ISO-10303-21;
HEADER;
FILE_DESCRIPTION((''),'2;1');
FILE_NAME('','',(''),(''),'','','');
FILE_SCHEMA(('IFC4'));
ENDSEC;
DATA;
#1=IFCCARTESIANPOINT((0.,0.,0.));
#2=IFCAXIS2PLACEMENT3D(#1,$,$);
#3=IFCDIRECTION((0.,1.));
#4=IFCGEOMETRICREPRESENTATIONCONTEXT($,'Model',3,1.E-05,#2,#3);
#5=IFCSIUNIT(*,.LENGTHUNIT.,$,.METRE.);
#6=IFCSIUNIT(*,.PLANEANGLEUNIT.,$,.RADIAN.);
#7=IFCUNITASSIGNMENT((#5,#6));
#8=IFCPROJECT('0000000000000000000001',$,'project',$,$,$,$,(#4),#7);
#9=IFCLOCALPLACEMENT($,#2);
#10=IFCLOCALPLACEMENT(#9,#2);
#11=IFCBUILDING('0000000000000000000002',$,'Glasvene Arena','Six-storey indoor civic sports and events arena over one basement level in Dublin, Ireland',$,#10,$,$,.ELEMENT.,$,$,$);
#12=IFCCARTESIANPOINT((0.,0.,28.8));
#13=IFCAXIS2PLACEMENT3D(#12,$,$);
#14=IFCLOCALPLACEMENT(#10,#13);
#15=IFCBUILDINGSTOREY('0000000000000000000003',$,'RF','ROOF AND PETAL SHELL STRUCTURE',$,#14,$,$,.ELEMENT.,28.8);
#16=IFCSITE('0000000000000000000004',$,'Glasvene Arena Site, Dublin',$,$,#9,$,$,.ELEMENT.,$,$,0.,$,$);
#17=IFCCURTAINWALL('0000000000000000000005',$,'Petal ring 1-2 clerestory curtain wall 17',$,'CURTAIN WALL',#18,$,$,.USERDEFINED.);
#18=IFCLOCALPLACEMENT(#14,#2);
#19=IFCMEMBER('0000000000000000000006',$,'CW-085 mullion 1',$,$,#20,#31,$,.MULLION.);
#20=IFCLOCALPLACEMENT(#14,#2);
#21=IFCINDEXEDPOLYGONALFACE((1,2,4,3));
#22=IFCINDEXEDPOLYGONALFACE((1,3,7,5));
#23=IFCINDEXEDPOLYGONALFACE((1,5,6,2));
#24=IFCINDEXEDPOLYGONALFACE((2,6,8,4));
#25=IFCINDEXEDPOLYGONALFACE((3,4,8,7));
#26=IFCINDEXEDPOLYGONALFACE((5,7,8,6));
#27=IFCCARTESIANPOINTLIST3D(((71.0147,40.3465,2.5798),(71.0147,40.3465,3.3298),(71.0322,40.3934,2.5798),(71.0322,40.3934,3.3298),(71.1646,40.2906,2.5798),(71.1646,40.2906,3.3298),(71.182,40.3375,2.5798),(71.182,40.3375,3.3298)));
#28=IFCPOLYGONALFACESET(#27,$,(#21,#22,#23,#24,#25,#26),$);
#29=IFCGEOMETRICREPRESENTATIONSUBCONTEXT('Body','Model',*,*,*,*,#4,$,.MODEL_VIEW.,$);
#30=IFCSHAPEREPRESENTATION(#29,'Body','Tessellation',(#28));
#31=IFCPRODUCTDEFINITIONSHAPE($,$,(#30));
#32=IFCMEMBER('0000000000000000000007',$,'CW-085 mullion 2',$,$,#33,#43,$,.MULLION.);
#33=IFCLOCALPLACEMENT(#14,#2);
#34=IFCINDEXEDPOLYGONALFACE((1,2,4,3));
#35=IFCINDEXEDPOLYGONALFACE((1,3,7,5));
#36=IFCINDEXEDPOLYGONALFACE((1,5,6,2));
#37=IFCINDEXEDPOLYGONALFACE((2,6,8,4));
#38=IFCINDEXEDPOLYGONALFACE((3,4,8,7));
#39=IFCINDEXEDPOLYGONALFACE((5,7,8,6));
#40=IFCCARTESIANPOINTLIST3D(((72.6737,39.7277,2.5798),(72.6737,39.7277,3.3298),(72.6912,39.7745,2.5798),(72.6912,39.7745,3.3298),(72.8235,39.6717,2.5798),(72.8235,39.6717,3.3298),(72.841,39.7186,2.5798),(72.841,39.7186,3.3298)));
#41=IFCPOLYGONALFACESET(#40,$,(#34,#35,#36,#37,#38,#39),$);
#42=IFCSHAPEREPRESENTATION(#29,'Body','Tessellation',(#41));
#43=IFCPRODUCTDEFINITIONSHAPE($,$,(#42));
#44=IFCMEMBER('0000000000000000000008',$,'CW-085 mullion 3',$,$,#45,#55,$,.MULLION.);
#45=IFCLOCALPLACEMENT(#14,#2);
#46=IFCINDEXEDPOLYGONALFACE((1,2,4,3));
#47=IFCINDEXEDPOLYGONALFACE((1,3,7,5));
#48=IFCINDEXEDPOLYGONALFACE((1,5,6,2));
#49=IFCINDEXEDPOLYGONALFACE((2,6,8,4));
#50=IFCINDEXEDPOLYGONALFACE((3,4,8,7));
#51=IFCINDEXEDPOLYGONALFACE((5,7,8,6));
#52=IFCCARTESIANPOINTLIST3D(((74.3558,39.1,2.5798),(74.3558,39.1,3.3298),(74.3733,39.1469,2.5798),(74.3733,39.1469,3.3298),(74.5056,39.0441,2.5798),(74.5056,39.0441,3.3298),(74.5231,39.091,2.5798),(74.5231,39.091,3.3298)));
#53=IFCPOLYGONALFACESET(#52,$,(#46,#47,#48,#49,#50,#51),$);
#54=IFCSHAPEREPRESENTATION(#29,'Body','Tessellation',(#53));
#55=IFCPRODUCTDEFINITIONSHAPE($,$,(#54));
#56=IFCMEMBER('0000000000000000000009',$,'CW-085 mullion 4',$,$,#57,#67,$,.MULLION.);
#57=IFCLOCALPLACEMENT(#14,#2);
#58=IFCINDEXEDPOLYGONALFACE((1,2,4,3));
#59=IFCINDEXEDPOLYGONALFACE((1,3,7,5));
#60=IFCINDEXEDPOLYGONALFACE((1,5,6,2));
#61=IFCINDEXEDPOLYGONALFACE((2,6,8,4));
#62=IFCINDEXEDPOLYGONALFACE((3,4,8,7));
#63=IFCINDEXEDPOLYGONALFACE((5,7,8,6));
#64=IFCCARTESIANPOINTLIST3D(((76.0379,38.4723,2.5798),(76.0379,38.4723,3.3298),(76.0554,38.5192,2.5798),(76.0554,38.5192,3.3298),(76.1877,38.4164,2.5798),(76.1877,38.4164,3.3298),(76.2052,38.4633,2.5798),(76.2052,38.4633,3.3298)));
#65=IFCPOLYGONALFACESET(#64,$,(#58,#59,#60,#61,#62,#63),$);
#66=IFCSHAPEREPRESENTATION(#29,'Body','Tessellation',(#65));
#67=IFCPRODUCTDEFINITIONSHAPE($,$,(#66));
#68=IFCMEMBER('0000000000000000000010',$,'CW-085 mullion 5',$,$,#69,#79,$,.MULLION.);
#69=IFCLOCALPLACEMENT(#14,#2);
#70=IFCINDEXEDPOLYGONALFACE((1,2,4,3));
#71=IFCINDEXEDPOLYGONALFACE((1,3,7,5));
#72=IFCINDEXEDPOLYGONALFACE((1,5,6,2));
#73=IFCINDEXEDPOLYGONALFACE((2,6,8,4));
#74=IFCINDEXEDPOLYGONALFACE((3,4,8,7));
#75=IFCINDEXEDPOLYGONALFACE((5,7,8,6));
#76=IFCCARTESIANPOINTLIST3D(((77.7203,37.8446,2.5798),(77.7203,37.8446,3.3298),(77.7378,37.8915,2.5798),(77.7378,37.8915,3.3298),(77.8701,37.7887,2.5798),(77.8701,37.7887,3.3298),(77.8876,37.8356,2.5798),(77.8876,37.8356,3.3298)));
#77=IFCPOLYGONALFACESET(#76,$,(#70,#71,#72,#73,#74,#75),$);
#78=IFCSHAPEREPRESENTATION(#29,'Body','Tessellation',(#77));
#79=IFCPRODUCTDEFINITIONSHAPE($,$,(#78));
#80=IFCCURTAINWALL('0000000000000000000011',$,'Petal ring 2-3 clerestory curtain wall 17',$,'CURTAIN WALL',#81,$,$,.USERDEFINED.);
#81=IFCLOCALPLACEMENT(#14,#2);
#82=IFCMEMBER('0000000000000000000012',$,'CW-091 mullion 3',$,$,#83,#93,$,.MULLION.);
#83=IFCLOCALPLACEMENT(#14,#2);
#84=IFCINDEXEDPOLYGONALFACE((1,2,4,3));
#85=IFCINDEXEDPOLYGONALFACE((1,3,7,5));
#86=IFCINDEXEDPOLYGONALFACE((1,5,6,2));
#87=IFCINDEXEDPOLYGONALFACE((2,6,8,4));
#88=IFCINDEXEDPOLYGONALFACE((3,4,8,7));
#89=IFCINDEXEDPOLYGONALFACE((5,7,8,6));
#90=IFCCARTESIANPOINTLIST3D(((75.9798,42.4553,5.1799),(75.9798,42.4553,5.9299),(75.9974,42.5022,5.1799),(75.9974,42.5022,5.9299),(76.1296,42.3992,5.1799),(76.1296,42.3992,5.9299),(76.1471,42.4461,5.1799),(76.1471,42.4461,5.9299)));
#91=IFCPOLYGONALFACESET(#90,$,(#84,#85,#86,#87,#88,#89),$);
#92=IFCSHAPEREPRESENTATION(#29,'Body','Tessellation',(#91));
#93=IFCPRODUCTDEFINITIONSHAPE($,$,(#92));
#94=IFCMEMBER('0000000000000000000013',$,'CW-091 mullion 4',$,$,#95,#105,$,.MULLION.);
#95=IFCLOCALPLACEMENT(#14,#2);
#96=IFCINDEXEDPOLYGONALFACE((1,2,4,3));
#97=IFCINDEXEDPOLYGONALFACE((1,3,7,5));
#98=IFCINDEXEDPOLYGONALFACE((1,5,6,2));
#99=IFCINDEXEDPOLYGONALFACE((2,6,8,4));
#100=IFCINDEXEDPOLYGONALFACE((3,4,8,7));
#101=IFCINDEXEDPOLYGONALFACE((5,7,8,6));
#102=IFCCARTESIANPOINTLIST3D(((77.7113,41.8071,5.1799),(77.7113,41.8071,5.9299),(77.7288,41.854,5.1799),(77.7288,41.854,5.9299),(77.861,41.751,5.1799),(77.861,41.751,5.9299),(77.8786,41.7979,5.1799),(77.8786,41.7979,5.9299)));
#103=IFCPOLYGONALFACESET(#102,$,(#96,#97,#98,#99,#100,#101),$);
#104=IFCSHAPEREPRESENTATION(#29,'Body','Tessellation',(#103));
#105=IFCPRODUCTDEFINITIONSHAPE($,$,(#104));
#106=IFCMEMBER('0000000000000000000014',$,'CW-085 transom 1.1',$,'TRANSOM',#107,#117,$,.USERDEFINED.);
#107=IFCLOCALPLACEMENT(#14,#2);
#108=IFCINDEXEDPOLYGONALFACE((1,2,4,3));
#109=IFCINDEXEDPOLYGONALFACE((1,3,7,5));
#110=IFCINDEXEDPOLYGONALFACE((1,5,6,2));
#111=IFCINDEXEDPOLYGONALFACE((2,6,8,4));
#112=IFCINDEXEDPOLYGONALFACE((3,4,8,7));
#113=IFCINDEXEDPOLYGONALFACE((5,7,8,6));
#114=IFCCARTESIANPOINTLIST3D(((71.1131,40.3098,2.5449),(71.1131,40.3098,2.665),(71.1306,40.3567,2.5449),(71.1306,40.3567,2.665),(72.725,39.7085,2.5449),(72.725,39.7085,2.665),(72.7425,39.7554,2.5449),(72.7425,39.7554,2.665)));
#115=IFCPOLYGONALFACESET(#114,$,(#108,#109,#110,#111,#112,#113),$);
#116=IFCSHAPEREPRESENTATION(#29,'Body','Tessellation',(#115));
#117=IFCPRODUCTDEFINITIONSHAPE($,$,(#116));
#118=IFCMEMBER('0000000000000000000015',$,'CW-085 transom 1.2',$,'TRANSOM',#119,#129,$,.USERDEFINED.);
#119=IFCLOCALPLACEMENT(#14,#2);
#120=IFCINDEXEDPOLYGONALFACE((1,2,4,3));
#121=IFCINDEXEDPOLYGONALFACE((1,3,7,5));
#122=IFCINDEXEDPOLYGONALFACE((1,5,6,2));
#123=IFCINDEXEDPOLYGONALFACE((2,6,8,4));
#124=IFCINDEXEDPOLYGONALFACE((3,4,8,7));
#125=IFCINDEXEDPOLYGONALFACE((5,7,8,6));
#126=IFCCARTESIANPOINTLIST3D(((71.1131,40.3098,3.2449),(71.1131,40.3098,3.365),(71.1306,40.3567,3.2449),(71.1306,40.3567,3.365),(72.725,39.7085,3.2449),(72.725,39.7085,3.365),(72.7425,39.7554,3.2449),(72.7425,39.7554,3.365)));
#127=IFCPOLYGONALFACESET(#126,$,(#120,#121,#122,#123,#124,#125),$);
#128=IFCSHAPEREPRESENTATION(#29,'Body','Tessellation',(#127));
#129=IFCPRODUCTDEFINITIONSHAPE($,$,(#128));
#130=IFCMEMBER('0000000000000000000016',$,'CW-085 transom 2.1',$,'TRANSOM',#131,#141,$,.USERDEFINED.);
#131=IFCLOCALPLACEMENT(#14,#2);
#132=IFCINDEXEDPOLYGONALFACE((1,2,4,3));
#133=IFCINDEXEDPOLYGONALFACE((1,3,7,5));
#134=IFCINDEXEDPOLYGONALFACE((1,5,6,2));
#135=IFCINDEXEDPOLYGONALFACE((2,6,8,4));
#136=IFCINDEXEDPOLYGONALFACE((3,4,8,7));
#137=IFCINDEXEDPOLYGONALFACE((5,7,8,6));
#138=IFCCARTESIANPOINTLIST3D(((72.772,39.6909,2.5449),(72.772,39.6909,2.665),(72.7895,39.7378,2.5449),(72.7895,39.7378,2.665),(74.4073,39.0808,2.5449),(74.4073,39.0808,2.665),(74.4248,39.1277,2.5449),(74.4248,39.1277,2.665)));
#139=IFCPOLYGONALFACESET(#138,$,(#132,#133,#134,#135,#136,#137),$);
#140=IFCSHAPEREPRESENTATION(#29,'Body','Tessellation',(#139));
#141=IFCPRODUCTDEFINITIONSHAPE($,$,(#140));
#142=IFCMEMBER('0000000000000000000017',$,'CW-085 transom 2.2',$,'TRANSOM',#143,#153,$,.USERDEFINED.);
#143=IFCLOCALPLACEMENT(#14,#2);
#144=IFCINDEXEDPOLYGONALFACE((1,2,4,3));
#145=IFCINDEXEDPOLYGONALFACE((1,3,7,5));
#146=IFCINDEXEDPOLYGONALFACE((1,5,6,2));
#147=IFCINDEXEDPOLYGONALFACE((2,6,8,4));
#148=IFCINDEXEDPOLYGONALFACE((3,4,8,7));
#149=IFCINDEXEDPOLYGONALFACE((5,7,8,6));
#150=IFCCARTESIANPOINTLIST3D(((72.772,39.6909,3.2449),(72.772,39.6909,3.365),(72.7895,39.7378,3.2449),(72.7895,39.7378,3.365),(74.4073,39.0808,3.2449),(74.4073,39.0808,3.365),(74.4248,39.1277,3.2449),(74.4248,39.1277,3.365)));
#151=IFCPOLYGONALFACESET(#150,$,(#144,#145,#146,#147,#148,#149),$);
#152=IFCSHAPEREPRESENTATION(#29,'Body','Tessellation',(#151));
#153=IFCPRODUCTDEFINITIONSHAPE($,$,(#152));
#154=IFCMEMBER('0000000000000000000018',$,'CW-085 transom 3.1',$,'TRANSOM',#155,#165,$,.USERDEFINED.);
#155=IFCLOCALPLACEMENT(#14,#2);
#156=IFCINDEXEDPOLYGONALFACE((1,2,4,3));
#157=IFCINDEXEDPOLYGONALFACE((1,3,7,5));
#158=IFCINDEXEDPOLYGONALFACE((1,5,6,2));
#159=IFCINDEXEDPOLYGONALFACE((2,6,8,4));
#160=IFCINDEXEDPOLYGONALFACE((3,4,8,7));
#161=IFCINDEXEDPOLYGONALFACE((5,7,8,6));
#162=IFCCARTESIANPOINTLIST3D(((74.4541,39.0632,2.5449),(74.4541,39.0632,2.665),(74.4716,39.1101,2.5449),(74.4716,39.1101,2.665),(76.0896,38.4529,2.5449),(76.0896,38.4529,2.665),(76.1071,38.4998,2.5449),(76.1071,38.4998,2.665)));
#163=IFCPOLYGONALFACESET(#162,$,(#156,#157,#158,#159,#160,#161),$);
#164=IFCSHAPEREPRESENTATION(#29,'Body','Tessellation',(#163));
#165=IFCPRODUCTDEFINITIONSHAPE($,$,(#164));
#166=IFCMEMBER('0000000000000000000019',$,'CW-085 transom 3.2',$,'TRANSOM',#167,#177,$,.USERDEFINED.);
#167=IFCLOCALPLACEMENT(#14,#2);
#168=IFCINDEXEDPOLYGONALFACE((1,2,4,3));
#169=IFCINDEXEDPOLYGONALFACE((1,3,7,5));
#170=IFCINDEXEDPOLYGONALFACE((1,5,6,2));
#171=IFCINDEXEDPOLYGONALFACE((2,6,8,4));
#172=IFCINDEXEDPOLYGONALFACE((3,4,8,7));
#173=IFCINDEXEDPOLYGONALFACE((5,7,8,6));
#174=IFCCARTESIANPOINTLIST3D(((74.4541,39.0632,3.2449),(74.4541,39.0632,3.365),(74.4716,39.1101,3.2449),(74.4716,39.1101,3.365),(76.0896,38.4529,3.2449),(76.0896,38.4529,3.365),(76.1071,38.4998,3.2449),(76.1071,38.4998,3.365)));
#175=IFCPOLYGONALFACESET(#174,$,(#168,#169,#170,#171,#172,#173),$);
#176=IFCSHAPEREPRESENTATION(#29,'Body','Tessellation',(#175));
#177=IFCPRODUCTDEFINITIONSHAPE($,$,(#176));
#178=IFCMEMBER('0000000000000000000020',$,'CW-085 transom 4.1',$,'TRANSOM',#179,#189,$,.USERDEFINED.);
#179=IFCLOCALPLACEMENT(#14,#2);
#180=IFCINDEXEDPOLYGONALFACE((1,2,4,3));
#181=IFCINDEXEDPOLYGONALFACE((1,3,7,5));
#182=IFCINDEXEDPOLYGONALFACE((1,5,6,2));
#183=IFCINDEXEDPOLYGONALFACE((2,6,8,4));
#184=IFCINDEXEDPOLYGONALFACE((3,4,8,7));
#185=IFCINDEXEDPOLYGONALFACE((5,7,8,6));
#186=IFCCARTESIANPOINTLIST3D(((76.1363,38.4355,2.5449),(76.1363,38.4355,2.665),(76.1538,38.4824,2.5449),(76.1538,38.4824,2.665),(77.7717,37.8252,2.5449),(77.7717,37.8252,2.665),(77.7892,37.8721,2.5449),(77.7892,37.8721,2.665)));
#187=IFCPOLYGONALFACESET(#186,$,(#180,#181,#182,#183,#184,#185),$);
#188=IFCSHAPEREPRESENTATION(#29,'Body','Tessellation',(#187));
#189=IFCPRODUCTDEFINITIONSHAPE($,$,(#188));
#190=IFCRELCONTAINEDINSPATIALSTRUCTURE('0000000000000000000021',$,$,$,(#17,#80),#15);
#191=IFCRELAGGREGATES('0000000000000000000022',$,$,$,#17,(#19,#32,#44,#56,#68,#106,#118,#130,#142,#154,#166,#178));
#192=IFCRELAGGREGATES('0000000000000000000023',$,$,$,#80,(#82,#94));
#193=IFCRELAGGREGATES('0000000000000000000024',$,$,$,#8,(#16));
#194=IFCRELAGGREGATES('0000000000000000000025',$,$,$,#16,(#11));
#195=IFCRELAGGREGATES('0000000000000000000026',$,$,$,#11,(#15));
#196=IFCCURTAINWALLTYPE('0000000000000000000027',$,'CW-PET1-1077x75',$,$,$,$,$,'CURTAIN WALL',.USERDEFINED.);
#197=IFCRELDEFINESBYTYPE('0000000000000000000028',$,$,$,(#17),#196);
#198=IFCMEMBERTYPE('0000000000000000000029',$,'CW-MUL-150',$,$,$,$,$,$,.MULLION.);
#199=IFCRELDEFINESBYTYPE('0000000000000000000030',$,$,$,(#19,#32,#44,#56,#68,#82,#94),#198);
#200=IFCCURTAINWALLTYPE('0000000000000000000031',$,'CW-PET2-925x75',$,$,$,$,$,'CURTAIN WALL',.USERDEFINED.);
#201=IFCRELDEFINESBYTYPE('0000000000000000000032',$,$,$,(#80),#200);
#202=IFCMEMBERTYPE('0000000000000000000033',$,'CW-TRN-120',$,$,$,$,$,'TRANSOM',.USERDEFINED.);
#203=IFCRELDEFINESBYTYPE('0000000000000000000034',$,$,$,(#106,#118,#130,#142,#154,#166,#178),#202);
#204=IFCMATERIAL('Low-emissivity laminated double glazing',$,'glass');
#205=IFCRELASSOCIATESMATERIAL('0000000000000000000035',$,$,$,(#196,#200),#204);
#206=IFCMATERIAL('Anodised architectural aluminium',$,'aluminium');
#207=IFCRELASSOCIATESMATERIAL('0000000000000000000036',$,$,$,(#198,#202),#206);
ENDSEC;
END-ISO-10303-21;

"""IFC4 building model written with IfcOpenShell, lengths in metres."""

from ifc_helpers import new_model, si_unit, direction, frame, origin, origin_2d, place, context, subcontext, project, spatial, rectangle, extrude, material, material_profile, profile_set, type_object, element, aggregate, save


model = new_model("IFC4")

# Units and contexts
model_context = context("Model", 3, precision=1e-05, world=origin(), true_north=direction((0.0, 1.0)))
body_context = subcontext(model_context, "Body", "Model", "MODEL_VIEW")
ifc_project = project(units=[si_unit("LENGTHUNIT", "METRE"), si_unit("PLANEANGLEUNIT", "RADIAN")], contexts=[model_context])

# Site, building, storey
site_placement = place(None, origin())
site = spatial("IfcSite", under=ifc_project, at=site_placement, Name="Glasvene Arena Site, Dublin", CompositionType="ELEMENT", RefElevation=0.0)
building_placement = place(site_placement, origin())
building = spatial("IfcBuilding", under=site, at=building_placement, Name="Glasvene Arena", Description="Six-storey indoor civic sports and events arena over one basement level in Dublin, Ireland", CompositionType="ELEMENT")
storey_placement = place(building_placement, frame((0.0, 0.0, 28.8)))
storey = spatial("IfcBuildingStorey", under=building, at=storey_placement, Name="RF", Description="ROOF AND PETAL SHELL STRUCTURE", CompositionType="ELEMENT", Elevation=28.8)

# Curtain walls, members
ifc_material_1 = material(Name="Low-emissivity laminated double glazing", Category="glass")
curtain_wall_type_1 = type_object("IfcCurtainWallType", Name="CW-PET1-1077x75", ElementType="CURTAIN WALL", PredefinedType="USERDEFINED", material=ifc_material_1)
curtain_wall_1_placement = place(storey_placement, frame((71.075, 40.3508, 0.0)))
curtain_wall_1 = element("IfcCurtainWall", 1, at=curtain_wall_1_placement, inside=storey, type_object=curtain_wall_type_1, Name="Petal ring 1-2 clerestory curtain wall 17", ObjectType="CURTAIN WALL", PredefinedType="USERDEFINED")
ifc_material_2 = material(Name="Anodised architectural aluminium", Category="aluminium")
ifc_material_profile_1 = material_profile(ifc_material_2, rectangle(XDim=0.05, YDim=0.1599, at=origin_2d()), Name="ALU MULLION 50x160")
ifc_profile_set_1 = profile_set([ifc_material_profile_1], Name="Anodised architectural aluminium")
member_type_1 = type_object("IfcMemberType", Name="CW-MUL-150", PredefinedType="MULLION", material=ifc_profile_set_1)
member_1_placement = place(storey_placement, frame((71.0984, 40.342, 2.5798), z_axis=(0.0, 0.0, 1.0), x_axis=(0.349591, 0.936902, 0.0)))
member_1 = element("IfcMember", 2, at=member_1_placement, type_object=member_type_1, Name="CW-085 mullion 1", PredefinedType="MULLION", context=body_context, shape_type="SweptSolid", body=[
    extrude(rectangle(XDim=0.05, YDim=0.1599, at=origin_2d()), origin(), (0.0, 0.0, 1.0), 0.75),
])
member_2_placement = place(storey_placement, frame((72.7573, 39.7231, 2.5798), z_axis=(0.0, 0.0, 1.0), x_axis=(0.349591, 0.936902, 0.0)))
member_2 = element("IfcMember", 3, at=member_2_placement, type_object=member_type_1, Name="CW-085 mullion 2", PredefinedType="MULLION", context=body_context, shape_type="SweptSolid", body=[
    extrude(rectangle(XDim=0.05, YDim=0.1599, at=origin_2d()), origin(), (0.0, 0.0, 1.0), 0.75),
])
member_3_placement = place(storey_placement, frame((74.4395, 39.0955, 2.5798), z_axis=(0.0, 0.0, 1.0), x_axis=(0.349591, 0.936902, 0.0)))
member_3 = element("IfcMember", 4, at=member_3_placement, type_object=member_type_1, Name="CW-085 mullion 3", PredefinedType="MULLION", context=body_context, shape_type="SweptSolid", body=[
    extrude(rectangle(XDim=0.05, YDim=0.1599, at=origin_2d()), origin(), (0.0, 0.0, 1.0), 0.75),
])
member_4_placement = place(storey_placement, frame((76.1216, 38.4678, 2.5798), z_axis=(0.0, 0.0, 1.0), x_axis=(0.349591, 0.936902, 0.0)))
member_4 = element("IfcMember", 5, at=member_4_placement, type_object=member_type_1, Name="CW-085 mullion 4", PredefinedType="MULLION", context=body_context, shape_type="SweptSolid", body=[
    extrude(rectangle(XDim=0.05, YDim=0.1599, at=origin_2d()), origin(), (0.0, 0.0, 1.0), 0.75),
])
member_5_placement = place(storey_placement, frame((77.804, 37.8401, 2.5798), z_axis=(0.0, 0.0, 1.0), x_axis=(0.349591, 0.936902, 0.0)))
member_5 = element("IfcMember", 6, at=member_5_placement, type_object=member_type_1, Name="CW-085 mullion 5", PredefinedType="MULLION", context=body_context, shape_type="SweptSolid", body=[
    extrude(rectangle(XDim=0.05, YDim=0.1599, at=origin_2d()), origin(), (0.0, 0.0, 1.0), 0.75),
])
curtain_wall_type_2 = type_object("IfcCurtainWallType", Name="CW-PET2-925x75", ElementType="CURTAIN WALL", PredefinedType="USERDEFINED", material=ifc_material_1)
curtain_wall_2_placement = place(storey_placement, frame((72.6001, 43.7476, 0.0)))
curtain_wall_2 = element("IfcCurtainWall", 7, at=curtain_wall_2_placement, inside=storey, type_object=curtain_wall_type_2, Name="Petal ring 2-3 clerestory curtain wall 17", ObjectType="CURTAIN WALL", PredefinedType="USERDEFINED")
member_6_placement = place(storey_placement, frame((76.0635, 42.4507, 5.1799), z_axis=(0.0, 0.0, 1.0), x_axis=(0.35064, 0.93651, 0.0)))
member_6 = element("IfcMember", 8, at=member_6_placement, type_object=member_type_1, Name="CW-091 mullion 3", PredefinedType="MULLION", context=body_context, shape_type="SweptSolid", body=[
    extrude(rectangle(XDim=0.05, YDim=0.1599, at=origin_2d()), origin(), (0.0, 0.0, 1.0), 0.75),
])
member_7_placement = place(storey_placement, frame((77.7949, 41.8025, 5.1799), z_axis=(0.0, 0.0, 1.0), x_axis=(0.35064, 0.93651, 0.0)))
member_7 = element("IfcMember", 9, at=member_7_placement, type_object=member_type_1, Name="CW-091 mullion 4", PredefinedType="MULLION", context=body_context, shape_type="SweptSolid", body=[
    extrude(rectangle(XDim=0.05, YDim=0.1599, at=origin_2d()), origin(), (0.0, 0.0, 1.0), 0.75),
])

# Members
ifc_material_profile_2 = material_profile(ifc_material_2, rectangle(XDim=0.05, YDim=0.1201, at=origin_2d()), Name="ALU TRANSOM 50x120")
ifc_profile_set_2 = profile_set([ifc_material_profile_2], Name="Anodised architectural aluminium")
member_type_2 = type_object("IfcMemberType", Name="CW-TRN-120", ElementType="TRANSOM", PredefinedType="USERDEFINED", material=ifc_profile_set_2)
member_8_placement = place(storey_placement, frame((71.1218, 40.3333, 2.605), z_axis=(0.93694, -0.34949, 0.0), x_axis=(0.34949, 0.93694, 0.0)))
member_8 = element("IfcMember", 10, at=member_8_placement, type_object=member_type_2, Name="CW-085 transom 1.1", ObjectType="TRANSOM", PredefinedType="USERDEFINED", context=body_context, shape_type="SweptSolid", body=[
    extrude(rectangle(XDim=0.05, YDim=0.1201, at=origin_2d()), origin(), (0.0, 0.0, 1.0), 1.7205),
])
member_9_placement = place(storey_placement, frame((71.1218, 40.3333, 3.3049), z_axis=(0.93694, -0.34949, 0.0), x_axis=(0.34949, 0.93694, 0.0)))
member_9 = element("IfcMember", 11, at=member_9_placement, type_object=member_type_2, Name="CW-085 transom 1.2", ObjectType="TRANSOM", PredefinedType="USERDEFINED", context=body_context, shape_type="SweptSolid", body=[
    extrude(rectangle(XDim=0.05, YDim=0.1201, at=origin_2d()), origin(), (0.0, 0.0, 1.0), 1.7205),
])
member_10_placement = place(storey_placement, frame((72.7808, 39.7144, 2.605), z_axis=(0.936914, -0.349559, 0.0), x_axis=(0.349559, 0.936914, 0.0)))
member_10 = element("IfcMember", 12, at=member_10_placement, type_object=member_type_2, Name="CW-085 transom 2.1", ObjectType="TRANSOM", PredefinedType="USERDEFINED", context=body_context, shape_type="SweptSolid", body=[
    extrude(rectangle(XDim=0.05, YDim=0.1201, at=origin_2d()), origin(), (0.0, 0.0, 1.0), 1.7454),
])
member_11_placement = place(storey_placement, frame((72.7808, 39.7144, 3.3049), z_axis=(0.936914, -0.349559, 0.0), x_axis=(0.349559, 0.936914, 0.0)))
member_11 = element("IfcMember", 13, at=member_11_placement, type_object=member_type_2, Name="CW-085 transom 2.2", ObjectType="TRANSOM", PredefinedType="USERDEFINED", context=body_context, shape_type="SweptSolid", body=[
    extrude(rectangle(XDim=0.05, YDim=0.1201, at=origin_2d()), origin(), (0.0, 0.0, 1.0), 1.7454),
])
member_12_placement = place(storey_placement, frame((74.4629, 39.0867, 2.605), z_axis=(0.936885, -0.349636, 0.0), x_axis=(0.349636, 0.936885, 0.0)))
member_12 = element("IfcMember", 14, at=member_12_placement, type_object=member_type_2, Name="CW-085 transom 3.1", ObjectType="TRANSOM", PredefinedType="USERDEFINED", context=body_context, shape_type="SweptSolid", body=[
    extrude(rectangle(XDim=0.05, YDim=0.1201, at=origin_2d()), origin(), (0.0, 0.0, 1.0), 1.7456),
])
member_13_placement = place(storey_placement, frame((74.4629, 39.0867, 3.3049), z_axis=(0.936885, -0.349636, 0.0), x_axis=(0.349636, 0.936885, 0.0)))
member_13 = element("IfcMember", 15, at=member_13_placement, type_object=member_type_2, Name="CW-085 transom 3.2", ObjectType="TRANSOM", PredefinedType="USERDEFINED", context=body_context, shape_type="SweptSolid", body=[
    extrude(rectangle(XDim=0.05, YDim=0.1201, at=origin_2d()), origin(), (0.0, 0.0, 1.0), 1.7456),
])
member_14_placement = place(storey_placement, frame((76.145, 38.459, 2.605), z_axis=(0.936885, -0.349636, 0.0), x_axis=(0.349636, 0.936885, 0.0)))
member_14 = element("IfcMember", 16, at=member_14_placement, type_object=member_type_2, Name="CW-085 transom 4.1", ObjectType="TRANSOM", PredefinedType="USERDEFINED", context=body_context, shape_type="SweptSolid", body=[
    extrude(rectangle(XDim=0.05, YDim=0.1201, at=origin_2d()), origin(), (0.0, 0.0, 1.0), 1.7456),
])

aggregate(curtain_wall_1, [member_1, member_2, member_3, member_4, member_5, member_8, member_9, member_10, member_11, member_12, member_13, member_14])
aggregate(curtain_wall_2, [member_6, member_7])

save(model, "model.ifc")
